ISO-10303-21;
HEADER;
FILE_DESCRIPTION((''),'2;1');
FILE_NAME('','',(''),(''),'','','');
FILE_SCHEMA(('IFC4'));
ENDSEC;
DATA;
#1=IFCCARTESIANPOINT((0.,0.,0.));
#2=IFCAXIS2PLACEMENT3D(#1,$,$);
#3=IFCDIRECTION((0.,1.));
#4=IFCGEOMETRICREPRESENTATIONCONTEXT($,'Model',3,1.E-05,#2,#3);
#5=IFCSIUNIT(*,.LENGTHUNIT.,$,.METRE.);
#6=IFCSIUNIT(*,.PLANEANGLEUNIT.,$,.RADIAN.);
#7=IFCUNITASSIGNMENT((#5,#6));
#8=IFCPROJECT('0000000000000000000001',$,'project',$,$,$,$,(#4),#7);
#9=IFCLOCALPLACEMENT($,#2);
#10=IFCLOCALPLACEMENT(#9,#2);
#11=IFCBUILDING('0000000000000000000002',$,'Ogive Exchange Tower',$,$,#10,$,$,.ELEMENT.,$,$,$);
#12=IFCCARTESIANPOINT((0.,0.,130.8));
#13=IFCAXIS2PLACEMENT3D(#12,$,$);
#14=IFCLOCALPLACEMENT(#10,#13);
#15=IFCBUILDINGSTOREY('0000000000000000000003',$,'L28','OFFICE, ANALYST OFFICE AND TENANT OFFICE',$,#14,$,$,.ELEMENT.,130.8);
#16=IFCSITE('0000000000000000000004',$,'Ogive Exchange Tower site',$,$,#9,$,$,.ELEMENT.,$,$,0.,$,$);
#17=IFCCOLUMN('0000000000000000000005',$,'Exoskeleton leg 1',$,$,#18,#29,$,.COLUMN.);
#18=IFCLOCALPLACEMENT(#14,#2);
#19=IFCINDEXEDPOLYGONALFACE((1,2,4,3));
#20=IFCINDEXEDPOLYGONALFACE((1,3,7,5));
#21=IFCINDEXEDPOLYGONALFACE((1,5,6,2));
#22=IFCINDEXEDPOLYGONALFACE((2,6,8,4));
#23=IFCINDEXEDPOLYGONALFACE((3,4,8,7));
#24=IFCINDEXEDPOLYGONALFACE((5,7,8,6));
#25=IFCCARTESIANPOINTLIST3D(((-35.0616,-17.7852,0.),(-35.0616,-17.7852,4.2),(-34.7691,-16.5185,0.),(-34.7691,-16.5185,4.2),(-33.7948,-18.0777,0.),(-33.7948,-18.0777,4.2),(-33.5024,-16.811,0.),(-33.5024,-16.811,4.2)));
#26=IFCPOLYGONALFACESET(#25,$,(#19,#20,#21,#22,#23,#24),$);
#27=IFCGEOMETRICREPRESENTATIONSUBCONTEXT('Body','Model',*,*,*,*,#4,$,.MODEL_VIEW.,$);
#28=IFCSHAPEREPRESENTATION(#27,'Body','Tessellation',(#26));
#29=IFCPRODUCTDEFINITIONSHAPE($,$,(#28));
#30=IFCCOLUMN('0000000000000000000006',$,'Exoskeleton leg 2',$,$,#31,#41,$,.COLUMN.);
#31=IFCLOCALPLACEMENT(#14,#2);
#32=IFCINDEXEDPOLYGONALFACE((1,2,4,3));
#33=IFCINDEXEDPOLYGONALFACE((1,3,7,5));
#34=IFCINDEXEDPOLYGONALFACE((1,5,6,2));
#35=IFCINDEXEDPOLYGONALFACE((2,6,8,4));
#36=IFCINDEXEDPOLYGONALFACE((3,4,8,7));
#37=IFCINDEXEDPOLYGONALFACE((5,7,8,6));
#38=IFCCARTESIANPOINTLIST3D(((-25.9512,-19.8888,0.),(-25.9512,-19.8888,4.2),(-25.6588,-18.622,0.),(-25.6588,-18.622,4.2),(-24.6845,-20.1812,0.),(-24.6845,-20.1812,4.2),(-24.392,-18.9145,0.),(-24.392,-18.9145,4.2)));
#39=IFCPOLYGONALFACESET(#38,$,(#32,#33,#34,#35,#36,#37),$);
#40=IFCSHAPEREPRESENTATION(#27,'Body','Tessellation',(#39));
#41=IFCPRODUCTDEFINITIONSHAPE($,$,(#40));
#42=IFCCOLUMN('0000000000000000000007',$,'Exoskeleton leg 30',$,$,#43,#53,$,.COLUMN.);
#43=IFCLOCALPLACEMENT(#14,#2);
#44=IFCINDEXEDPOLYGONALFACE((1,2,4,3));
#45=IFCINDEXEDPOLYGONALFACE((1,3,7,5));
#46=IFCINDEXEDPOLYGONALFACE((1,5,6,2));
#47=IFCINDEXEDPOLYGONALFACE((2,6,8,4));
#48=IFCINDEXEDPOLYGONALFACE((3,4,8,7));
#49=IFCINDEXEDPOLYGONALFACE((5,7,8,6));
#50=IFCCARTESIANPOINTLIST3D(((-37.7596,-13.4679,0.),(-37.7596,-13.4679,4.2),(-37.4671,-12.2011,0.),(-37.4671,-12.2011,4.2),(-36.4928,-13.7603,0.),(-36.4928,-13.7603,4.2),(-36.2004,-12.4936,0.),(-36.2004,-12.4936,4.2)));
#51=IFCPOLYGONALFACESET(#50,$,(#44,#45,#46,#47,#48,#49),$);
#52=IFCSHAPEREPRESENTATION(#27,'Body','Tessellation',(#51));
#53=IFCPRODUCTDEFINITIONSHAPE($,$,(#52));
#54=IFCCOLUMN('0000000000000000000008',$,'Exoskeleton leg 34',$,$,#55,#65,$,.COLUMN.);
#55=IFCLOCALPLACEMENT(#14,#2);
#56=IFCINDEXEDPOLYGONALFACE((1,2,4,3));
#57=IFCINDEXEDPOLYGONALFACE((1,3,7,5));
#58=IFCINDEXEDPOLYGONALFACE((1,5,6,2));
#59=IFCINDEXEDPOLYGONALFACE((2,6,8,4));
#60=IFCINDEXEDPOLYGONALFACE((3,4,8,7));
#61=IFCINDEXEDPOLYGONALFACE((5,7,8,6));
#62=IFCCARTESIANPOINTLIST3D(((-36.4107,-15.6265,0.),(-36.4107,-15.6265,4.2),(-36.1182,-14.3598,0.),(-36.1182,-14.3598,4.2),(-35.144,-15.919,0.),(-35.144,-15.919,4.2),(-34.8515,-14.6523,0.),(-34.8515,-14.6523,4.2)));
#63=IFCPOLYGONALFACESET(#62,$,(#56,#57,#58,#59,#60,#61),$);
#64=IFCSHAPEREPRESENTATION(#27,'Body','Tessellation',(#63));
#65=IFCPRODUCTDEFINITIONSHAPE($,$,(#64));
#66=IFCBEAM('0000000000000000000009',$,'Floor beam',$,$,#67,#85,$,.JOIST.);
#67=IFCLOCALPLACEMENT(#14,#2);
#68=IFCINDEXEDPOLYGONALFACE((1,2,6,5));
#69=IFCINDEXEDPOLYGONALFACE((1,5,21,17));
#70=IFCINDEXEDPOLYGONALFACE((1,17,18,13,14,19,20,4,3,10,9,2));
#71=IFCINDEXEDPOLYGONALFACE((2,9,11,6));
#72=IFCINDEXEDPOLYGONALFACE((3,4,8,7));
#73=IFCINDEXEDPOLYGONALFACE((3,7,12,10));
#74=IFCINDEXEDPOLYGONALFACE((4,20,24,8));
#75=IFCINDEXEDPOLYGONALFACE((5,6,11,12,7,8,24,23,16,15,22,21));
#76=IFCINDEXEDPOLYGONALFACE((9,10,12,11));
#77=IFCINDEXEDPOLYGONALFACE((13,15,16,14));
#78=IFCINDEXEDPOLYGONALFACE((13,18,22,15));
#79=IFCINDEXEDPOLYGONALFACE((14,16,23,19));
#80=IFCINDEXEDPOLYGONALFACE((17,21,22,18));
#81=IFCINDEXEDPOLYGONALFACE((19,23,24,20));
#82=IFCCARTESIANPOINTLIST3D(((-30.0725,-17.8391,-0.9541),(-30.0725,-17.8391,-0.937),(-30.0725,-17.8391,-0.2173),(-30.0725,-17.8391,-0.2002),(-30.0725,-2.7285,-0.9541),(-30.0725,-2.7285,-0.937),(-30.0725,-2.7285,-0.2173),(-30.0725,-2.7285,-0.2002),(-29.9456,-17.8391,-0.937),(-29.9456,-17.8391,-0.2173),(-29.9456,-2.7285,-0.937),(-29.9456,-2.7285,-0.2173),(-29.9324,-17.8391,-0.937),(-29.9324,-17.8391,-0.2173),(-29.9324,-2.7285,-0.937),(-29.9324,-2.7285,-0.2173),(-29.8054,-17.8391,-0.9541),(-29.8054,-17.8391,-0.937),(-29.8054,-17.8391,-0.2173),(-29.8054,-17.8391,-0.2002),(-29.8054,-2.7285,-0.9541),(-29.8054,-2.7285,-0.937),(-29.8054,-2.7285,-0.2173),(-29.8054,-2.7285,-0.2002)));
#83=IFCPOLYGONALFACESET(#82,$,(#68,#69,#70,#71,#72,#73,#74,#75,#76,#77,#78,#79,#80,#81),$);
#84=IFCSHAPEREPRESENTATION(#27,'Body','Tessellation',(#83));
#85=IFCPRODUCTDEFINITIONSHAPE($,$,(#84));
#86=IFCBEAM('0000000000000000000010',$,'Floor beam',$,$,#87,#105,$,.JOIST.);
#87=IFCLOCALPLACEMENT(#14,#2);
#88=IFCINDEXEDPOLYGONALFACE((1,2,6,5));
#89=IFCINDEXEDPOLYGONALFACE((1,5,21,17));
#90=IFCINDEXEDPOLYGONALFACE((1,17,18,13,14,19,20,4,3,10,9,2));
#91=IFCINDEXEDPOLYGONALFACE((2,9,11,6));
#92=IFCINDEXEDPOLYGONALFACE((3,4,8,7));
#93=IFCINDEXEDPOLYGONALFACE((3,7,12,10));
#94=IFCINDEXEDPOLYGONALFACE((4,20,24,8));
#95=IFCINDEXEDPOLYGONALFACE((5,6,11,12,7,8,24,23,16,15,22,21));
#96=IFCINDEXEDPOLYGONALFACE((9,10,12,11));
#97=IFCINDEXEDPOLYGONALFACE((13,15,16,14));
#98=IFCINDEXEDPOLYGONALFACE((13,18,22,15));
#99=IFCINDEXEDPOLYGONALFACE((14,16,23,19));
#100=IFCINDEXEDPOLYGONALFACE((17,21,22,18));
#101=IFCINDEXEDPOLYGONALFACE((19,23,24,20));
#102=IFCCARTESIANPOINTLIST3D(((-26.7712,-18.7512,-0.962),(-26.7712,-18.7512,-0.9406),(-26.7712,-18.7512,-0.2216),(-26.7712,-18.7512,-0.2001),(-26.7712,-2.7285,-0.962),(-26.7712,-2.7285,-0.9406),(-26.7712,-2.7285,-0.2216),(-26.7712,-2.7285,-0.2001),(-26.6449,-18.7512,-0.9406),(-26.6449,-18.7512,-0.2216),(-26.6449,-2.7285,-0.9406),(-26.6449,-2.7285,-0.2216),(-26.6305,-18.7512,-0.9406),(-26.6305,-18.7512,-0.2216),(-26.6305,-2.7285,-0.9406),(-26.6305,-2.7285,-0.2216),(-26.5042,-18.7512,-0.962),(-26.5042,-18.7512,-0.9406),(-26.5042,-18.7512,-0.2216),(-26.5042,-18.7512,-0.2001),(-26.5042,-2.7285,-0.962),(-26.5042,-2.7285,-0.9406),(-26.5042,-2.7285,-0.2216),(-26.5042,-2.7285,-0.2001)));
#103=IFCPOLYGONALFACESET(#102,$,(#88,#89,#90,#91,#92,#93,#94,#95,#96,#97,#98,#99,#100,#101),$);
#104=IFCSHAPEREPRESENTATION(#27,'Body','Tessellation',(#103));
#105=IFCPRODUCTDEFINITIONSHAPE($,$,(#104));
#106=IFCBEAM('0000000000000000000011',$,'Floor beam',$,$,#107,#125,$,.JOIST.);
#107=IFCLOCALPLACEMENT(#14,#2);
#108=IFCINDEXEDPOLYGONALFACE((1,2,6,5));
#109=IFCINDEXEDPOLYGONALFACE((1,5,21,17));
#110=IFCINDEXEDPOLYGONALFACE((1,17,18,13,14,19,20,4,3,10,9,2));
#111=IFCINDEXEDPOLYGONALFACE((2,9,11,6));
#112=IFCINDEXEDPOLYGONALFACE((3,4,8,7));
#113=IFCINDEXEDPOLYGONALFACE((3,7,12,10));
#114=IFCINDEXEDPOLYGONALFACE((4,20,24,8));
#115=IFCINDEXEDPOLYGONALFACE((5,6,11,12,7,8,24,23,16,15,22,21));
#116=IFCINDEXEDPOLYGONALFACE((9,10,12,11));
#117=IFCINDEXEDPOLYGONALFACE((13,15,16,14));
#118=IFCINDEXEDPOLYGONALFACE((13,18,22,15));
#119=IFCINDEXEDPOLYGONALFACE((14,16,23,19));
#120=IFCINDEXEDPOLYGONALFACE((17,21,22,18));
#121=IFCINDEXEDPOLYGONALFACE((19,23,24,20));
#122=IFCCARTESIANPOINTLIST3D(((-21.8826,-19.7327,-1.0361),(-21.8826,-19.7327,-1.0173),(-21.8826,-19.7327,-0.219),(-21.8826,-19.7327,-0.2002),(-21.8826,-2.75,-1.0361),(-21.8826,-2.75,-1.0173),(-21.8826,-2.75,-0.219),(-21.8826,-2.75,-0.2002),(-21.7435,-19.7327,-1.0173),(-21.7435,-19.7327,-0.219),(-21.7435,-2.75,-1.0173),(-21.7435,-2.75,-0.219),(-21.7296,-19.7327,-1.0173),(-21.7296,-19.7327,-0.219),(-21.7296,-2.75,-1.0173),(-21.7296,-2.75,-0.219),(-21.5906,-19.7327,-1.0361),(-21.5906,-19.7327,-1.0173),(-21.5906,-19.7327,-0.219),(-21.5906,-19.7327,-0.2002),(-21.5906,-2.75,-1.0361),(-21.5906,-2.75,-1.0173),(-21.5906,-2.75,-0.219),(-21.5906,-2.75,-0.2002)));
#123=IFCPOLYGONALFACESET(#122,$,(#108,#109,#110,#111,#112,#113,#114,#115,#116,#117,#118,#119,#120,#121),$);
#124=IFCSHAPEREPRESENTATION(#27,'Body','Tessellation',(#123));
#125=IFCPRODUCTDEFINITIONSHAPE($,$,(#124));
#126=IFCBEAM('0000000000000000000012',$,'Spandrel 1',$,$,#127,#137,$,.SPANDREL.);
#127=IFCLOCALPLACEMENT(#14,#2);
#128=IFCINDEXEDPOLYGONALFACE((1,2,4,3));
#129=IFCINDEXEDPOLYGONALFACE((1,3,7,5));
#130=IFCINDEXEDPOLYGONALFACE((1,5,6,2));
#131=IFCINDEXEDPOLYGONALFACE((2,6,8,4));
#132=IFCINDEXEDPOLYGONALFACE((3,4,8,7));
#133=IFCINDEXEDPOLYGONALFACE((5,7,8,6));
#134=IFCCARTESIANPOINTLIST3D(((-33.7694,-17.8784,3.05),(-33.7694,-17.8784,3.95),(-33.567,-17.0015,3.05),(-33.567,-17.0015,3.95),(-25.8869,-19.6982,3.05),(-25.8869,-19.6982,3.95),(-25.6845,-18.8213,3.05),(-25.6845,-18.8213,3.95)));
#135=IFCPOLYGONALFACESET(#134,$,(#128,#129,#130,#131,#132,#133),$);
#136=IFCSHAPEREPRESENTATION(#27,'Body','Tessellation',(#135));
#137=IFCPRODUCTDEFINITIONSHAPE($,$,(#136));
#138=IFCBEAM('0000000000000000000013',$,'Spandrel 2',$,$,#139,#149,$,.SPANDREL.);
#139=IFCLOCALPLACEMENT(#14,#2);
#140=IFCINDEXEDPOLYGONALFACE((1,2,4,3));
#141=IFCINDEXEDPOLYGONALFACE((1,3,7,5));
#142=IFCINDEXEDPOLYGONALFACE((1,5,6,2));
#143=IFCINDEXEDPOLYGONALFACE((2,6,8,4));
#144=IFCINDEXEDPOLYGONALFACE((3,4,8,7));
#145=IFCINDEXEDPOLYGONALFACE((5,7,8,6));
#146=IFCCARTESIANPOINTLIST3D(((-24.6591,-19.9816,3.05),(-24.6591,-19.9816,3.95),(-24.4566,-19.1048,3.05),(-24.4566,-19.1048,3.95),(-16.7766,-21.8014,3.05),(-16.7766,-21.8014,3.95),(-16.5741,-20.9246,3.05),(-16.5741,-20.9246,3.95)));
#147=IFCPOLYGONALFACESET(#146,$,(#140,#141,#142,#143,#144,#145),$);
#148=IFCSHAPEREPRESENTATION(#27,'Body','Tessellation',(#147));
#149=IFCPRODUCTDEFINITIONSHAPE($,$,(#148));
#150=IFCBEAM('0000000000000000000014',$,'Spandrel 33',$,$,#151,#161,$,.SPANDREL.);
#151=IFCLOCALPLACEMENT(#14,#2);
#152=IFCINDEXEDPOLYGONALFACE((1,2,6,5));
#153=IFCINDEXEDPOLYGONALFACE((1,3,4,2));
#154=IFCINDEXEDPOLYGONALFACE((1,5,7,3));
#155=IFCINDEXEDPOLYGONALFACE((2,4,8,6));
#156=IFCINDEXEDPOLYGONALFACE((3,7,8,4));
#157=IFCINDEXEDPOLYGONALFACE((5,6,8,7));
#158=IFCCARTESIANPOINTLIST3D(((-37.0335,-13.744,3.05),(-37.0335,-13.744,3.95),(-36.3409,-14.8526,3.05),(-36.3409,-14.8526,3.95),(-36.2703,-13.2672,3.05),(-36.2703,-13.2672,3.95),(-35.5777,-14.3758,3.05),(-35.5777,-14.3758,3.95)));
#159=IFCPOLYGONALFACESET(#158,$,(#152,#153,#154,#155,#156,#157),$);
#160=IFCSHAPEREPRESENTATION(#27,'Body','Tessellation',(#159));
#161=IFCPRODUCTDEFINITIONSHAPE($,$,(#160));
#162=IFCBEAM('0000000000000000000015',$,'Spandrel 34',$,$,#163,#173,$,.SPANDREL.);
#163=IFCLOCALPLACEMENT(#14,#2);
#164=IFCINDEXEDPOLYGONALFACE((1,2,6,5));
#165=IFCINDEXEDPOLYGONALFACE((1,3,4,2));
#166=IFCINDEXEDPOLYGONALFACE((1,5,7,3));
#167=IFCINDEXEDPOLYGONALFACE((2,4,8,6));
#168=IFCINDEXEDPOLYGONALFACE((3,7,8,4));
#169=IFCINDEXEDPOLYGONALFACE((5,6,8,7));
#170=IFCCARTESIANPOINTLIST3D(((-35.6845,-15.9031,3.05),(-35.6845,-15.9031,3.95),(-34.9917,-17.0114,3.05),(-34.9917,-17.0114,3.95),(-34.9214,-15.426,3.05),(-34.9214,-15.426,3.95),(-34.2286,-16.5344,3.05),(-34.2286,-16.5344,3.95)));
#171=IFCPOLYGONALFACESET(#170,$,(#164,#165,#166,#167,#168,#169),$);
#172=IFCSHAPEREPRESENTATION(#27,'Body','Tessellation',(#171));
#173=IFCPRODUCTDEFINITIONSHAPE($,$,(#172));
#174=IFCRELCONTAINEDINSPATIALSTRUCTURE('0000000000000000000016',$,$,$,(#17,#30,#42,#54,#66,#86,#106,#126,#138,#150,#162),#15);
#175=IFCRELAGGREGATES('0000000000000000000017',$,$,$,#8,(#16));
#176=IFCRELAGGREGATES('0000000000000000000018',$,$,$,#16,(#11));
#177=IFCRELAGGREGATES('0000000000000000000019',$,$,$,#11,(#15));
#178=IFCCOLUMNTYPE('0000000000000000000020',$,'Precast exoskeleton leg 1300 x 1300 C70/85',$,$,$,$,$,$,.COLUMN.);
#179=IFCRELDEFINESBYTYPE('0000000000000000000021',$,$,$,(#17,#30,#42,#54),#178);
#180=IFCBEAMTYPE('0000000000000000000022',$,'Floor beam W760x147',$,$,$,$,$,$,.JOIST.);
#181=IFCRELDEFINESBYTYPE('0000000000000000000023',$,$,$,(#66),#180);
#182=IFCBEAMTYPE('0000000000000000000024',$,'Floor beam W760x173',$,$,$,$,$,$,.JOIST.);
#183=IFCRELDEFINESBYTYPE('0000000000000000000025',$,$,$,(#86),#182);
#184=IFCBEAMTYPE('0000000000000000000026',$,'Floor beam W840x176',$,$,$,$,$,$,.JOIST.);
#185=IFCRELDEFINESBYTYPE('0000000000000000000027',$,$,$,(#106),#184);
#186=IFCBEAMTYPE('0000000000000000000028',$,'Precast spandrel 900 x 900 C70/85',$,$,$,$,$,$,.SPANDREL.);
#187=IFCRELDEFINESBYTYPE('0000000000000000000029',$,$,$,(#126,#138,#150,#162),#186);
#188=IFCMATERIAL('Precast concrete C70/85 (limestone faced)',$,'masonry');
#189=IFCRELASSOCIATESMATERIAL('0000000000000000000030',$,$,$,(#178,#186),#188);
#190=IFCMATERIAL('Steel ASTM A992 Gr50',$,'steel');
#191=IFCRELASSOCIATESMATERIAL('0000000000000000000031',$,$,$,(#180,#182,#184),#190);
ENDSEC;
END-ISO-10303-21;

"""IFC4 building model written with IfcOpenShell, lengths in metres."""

from ifc_helpers import new_model, si_unit, direction, frame, origin, origin_2d, place, context, subcontext, project, spatial, rectangle, i_section, extrude, material, material_profile, profile_set, type_object, element, save


model = new_model("IFC4")

# Units and contexts
model_context = context("Model", 3, precision=1e-05, world=origin(), true_north=direction((0.0, 1.0)))
body_context = subcontext(model_context, "Body", "Model", "MODEL_VIEW")
ifc_project = project(units=[si_unit("LENGTHUNIT", "METRE"), si_unit("PLANEANGLEUNIT", "RADIAN")], contexts=[model_context])

# Site, building, storey
site_placement = place(None, origin())
site = spatial("IfcSite", under=ifc_project, at=site_placement, Name="Ogive Exchange Tower site", CompositionType="ELEMENT", RefElevation=0.0)
building_placement = place(site_placement, origin())
building = spatial("IfcBuilding", under=site, at=building_placement, Name="Ogive Exchange Tower", CompositionType="ELEMENT")
storey_placement = place(building_placement, frame((0.0, 0.0, 130.8)))
storey = spatial("IfcBuildingStorey", under=building, at=storey_placement, Name="L28", Description="OFFICE, ANALYST OFFICE AND TENANT OFFICE", CompositionType="ELEMENT", Elevation=130.8)

# Columns
ifc_material_1 = material(Name="Precast concrete C70/85 (limestone faced)", Category="masonry")
ifc_material_profile_1 = material_profile(ifc_material_1, rectangle(XDim=1.3, YDim=1.3, at=origin_2d()), Name="1300 x 1300")
ifc_profile_set_1 = profile_set([ifc_material_profile_1], Name="Precast concrete C70/85 (limestone faced)")
column_type = type_object("IfcColumnType", Name="Precast exoskeleton leg 1300 x 1300 C70/85", PredefinedType="COLUMN", material=ifc_profile_set_1)
for number, where, z_axis, x_axis, name in (
    (1, (-34.282, -17.2981, 0.0), (0.0, 0.0, 1.0), (0.97437, -0.224951, 0.0), "Exoskeleton leg 1"),
    (2, (-25.1716, -19.4016, 0.0), (0.0, 0.0, 1.0), (0.97437, -0.224951, 0.0), "Exoskeleton leg 2"),
    (3, (-36.98, -12.9807, 0.0), (0.0, 0.0, 1.0), (0.97437, -0.224951, 0.0), "Exoskeleton leg 30"),
    (4, (-35.6311, -15.1394, 0.0), (0.0, 0.0, 1.0), (0.97437, -0.224951, 0.0), "Exoskeleton leg 34"),
):
    element("IfcColumn", number, at=place(storey_placement, frame(where, z_axis=z_axis, x_axis=x_axis)), inside=storey, type_object=column_type, Name=name, PredefinedType="COLUMN", context=body_context, shape_type="SweptSolid", body=[
        extrude(rectangle(XDim=1.3, YDim=1.3, at=origin_2d()), origin(), (0.0, 0.0, 1.0), 4.2),
    ])

# Beams
ifc_material_2 = material(Name="Steel ASTM A992 Gr50", Category="steel")
ifc_material_profile_2 = material_profile(ifc_material_2, i_section(OverallWidth=0.2671, OverallDepth=0.7539, WebThickness=0.0132, FlangeThickness=0.0171, at=origin_2d()), Name="W760x147")
ifc_profile_set_2 = profile_set([ifc_material_profile_2], Name="Steel ASTM A992 Gr50")
beam_type_1 = type_object("IfcBeamType", Name="Floor beam W760x147", PredefinedType="JOIST", material=ifc_profile_set_2)
beam_1_placement = place(storey_placement, frame((-29.939, -17.8391, -0.5771), z_axis=(0.0, 1.0, 0.0), x_axis=(-1.0, 0.0, 0.0)))
element("IfcBeam", 5, at=beam_1_placement, inside=storey, type_object=beam_type_1, Name="Floor beam", PredefinedType="JOIST", context=body_context, shape_type="SweptSolid", body=[
    extrude(i_section(OverallWidth=0.2671, OverallDepth=0.7539, WebThickness=0.0132, FlangeThickness=0.0171, at=origin_2d()), origin(), (0.0, 0.0, 1.0), 15.1106),
])
ifc_material_profile_3 = material_profile(ifc_material_2, i_section(OverallWidth=0.2671, OverallDepth=0.762, WebThickness=0.0144, FlangeThickness=0.0215, at=origin_2d()), Name="W760x173")
ifc_profile_set_3 = profile_set([ifc_material_profile_3], Name="Steel ASTM A992 Gr50")
beam_type_2 = type_object("IfcBeamType", Name="Floor beam W760x173", PredefinedType="JOIST", material=ifc_profile_set_3)
beam_2_placement = place(storey_placement, frame((-26.6377, -18.7512, -0.5811), z_axis=(0.0, 1.0, 0.0), x_axis=(-1.0, 0.0, 0.0)))
element("IfcBeam", 6, at=beam_2_placement, inside=storey, type_object=beam_type_2, Name="Floor beam", PredefinedType="JOIST", context=body_context, shape_type="SweptSolid", body=[
    extrude(i_section(OverallWidth=0.2671, OverallDepth=0.762, WebThickness=0.0144, FlangeThickness=0.0215, at=origin_2d()), origin(), (0.0, 0.0, 1.0), 16.0227),
])
ifc_material_profile_4 = material_profile(ifc_material_2, i_section(OverallWidth=0.292, OverallDepth=0.8359, WebThickness=0.0139, FlangeThickness=0.0188, at=origin_2d()), Name="W840x176")
ifc_profile_set_4 = profile_set([ifc_material_profile_4], Name="Steel ASTM A992 Gr50")
beam_type_3 = type_object("IfcBeamType", Name="Floor beam W840x176", PredefinedType="JOIST", material=ifc_profile_set_4)
beam_3_placement = place(storey_placement, frame((-21.7366, -19.7327, -0.6182), z_axis=(0.0, 1.0, 0.0), x_axis=(-1.0, 0.0, 0.0)))
element("IfcBeam", 7, at=beam_3_placement, inside=storey, type_object=beam_type_3, Name="Floor beam", PredefinedType="JOIST", context=body_context, shape_type="SweptSolid", body=[
    extrude(i_section(OverallWidth=0.292, OverallDepth=0.8359, WebThickness=0.0139, FlangeThickness=0.0188, at=origin_2d()), origin(), (0.0, 0.0, 1.0), 16.9827),
])
ifc_material_profile_5 = material_profile(ifc_material_1, rectangle(XDim=0.8999, YDim=0.8999, at=origin_2d()), Name="900 x 900")
ifc_profile_set_5 = profile_set([ifc_material_profile_5], Name="Precast concrete C70/85 (limestone faced)")
beam_type_4 = type_object("IfcBeamType", Name="Precast spandrel 900 x 900 C70/85", PredefinedType="SPANDREL", material=ifc_profile_set_5)
for number, where, z_axis, x_axis, name in (
    (8, (-33.6682, -17.4399, 3.5), (0.97437, -0.22495, 0.0), (0.22495, 0.97437, 0.0), "Spandrel 1"),
    (9, (-24.5579, -19.5432, 3.5), (0.97437, -0.22495, 0.0), (0.22495, 0.97437, 0.0), "Spandrel 2"),
):
    element("IfcBeam", number, at=place(storey_placement, frame(where, z_axis=z_axis, x_axis=x_axis)), inside=storey, type_object=beam_type_4, Name=name, PredefinedType="SPANDREL", context=body_context, shape_type="SweptSolid", body=[
        extrude(rectangle(XDim=0.8999, YDim=0.8999, at=origin_2d()), origin(), (0.0, 0.0, 1.0), 8.0898),
    ])
for number, where, z_axis, x_axis, name in (
    (10, (-36.6519, -13.5056, 3.5), (0.529848, -0.848093, 0.0), (0.848093, 0.529848, 0.0), "Spandrel 33"),
    (11, (-35.303, -15.6646, 3.5), (0.530066, -0.847956, 0.0), (0.847956, 0.530066, 0.0), "Spandrel 34"),
):
    element("IfcBeam", number, at=place(storey_placement, frame(where, z_axis=z_axis, x_axis=x_axis)), inside=storey, type_object=beam_type_4, Name=name, PredefinedType="SPANDREL", context=body_context, shape_type="SweptSolid", body=[
        extrude(rectangle(XDim=0.8999, YDim=0.8999, at=origin_2d()), origin(), (0.0, 0.0, 1.0), 1.3071),
    ])

save(model, "model.ifc")
